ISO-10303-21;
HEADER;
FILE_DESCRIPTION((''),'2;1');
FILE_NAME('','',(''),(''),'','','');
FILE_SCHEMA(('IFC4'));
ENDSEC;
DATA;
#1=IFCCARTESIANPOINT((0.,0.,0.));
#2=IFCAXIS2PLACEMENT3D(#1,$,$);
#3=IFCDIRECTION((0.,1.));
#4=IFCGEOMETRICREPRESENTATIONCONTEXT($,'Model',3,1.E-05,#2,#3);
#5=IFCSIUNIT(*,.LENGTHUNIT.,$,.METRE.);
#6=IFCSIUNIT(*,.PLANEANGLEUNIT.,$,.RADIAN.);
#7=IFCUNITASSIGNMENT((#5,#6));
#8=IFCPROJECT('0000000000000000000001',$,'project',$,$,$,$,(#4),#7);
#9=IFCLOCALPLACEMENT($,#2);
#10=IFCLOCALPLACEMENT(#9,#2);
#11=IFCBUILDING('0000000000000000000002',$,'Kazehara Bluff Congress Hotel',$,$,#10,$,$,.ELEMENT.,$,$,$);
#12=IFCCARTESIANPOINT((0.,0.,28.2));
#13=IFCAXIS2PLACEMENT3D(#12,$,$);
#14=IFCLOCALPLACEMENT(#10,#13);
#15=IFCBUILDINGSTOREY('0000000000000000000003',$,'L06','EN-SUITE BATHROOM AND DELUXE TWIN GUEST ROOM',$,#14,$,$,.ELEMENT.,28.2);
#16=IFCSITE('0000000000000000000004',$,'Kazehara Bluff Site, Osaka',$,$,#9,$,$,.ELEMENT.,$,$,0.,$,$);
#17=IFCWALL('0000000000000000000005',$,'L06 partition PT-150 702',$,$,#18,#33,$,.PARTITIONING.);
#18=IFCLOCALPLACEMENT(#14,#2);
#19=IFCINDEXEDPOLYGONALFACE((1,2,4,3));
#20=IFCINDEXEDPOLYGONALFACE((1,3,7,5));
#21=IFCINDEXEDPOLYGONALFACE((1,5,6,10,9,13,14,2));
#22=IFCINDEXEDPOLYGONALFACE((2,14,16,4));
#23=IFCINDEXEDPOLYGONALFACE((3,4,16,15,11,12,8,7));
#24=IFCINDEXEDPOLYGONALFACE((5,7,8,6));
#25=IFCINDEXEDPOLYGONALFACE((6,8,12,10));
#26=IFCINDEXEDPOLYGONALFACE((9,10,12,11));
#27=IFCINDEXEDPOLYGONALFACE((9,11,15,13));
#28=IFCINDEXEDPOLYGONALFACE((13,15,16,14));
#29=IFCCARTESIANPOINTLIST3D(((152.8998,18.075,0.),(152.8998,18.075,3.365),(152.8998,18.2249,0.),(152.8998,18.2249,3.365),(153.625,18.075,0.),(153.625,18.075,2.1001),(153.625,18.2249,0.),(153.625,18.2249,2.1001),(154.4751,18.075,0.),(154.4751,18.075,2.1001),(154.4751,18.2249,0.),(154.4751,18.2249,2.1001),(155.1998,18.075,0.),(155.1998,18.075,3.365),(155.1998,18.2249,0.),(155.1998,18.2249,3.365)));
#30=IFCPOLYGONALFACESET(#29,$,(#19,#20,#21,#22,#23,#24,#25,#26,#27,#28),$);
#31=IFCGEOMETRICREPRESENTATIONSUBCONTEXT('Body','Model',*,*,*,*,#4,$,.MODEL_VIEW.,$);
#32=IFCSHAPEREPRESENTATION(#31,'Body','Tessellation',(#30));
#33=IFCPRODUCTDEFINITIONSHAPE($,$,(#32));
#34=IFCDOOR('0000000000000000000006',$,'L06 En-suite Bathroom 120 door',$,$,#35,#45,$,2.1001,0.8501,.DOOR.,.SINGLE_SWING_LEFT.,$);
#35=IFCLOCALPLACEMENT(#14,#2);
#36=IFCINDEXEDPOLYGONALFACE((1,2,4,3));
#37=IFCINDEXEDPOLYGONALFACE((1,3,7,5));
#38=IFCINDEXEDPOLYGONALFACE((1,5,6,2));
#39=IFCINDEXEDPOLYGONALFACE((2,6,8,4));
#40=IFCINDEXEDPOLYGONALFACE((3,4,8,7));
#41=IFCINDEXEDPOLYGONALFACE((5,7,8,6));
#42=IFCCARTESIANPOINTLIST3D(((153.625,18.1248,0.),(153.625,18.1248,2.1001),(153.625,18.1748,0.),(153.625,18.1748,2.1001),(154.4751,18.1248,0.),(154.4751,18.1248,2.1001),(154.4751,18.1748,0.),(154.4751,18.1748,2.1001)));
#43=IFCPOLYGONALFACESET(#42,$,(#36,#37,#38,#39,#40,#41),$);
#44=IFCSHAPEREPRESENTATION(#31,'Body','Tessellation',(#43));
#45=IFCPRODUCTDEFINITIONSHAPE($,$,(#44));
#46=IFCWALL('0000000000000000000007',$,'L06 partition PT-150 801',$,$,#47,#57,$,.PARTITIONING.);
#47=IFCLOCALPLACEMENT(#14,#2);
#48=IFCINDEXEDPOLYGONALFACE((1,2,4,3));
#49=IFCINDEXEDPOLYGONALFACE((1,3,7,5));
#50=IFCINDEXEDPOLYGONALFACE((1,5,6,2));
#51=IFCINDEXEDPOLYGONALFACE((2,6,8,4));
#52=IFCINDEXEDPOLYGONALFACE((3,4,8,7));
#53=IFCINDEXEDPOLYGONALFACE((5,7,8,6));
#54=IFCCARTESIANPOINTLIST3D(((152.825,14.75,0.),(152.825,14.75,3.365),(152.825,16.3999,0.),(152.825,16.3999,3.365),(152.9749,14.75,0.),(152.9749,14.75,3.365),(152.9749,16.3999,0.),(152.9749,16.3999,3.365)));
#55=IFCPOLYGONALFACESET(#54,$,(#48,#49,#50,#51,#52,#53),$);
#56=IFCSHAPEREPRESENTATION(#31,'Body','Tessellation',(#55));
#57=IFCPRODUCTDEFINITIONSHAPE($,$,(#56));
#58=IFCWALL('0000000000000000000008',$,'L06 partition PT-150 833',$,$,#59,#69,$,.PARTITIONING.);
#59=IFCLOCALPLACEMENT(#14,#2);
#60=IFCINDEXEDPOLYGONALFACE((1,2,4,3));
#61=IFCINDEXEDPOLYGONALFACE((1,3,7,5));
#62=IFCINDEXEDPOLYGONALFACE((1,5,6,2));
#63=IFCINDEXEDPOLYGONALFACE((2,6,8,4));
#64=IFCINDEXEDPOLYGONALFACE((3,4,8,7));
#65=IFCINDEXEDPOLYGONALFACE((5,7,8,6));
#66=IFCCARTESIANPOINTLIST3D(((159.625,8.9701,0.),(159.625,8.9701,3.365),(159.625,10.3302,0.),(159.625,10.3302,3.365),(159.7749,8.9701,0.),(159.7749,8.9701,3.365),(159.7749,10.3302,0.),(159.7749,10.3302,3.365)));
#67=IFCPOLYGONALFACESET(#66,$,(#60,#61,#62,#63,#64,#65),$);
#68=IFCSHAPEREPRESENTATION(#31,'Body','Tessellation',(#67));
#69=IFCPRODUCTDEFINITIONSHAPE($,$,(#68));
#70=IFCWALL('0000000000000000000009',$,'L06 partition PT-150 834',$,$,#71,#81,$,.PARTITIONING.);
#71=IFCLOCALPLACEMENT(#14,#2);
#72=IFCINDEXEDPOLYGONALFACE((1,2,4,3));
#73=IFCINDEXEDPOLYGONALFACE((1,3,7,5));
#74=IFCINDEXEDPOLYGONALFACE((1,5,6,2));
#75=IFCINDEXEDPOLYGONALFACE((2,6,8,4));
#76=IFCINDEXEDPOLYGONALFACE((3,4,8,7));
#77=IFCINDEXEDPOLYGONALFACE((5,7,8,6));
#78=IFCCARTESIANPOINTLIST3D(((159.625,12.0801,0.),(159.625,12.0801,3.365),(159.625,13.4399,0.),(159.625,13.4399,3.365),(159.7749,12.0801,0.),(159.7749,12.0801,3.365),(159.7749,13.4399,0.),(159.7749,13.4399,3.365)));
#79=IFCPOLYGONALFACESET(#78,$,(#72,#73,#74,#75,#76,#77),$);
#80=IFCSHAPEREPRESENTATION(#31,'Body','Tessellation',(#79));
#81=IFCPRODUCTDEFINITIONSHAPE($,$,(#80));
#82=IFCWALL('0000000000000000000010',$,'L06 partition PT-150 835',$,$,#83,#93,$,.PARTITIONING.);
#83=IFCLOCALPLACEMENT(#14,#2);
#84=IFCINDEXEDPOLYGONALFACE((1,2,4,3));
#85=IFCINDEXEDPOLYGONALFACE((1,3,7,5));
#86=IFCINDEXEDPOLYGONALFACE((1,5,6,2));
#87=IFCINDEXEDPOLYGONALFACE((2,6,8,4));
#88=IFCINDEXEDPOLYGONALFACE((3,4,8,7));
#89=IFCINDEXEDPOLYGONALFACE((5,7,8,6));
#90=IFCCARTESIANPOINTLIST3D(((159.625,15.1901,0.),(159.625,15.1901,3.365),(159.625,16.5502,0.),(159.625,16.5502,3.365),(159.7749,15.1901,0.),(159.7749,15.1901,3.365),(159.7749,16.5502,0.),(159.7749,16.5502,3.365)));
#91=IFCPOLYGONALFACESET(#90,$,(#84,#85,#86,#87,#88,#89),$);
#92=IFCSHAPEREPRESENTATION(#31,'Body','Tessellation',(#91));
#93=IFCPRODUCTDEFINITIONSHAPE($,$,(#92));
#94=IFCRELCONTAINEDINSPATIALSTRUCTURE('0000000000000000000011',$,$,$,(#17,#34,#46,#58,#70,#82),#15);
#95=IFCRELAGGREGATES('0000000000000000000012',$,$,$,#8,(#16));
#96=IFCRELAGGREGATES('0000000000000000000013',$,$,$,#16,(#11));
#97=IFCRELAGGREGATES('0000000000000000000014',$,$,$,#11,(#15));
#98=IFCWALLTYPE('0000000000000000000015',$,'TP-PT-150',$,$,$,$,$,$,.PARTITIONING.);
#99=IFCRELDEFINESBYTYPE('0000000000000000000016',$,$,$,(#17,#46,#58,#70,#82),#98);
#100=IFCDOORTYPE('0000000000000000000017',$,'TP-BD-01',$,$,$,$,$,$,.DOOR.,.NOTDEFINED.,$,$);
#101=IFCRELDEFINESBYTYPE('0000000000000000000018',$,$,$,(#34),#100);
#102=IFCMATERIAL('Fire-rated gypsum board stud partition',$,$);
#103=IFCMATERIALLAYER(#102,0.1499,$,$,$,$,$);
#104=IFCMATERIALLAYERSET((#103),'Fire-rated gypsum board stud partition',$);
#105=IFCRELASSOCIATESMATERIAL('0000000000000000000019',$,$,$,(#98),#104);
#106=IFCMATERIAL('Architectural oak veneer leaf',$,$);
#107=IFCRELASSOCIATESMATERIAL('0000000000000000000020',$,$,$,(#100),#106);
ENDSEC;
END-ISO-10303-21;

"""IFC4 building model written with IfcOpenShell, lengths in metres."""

from ifc_helpers import new_model, si_unit, direction, frame, frame_2d, origin, place, context, subcontext, project, spatial, rectangle, extrude, material, layer, layer_set, type_object, element, fill, save


model = new_model("IFC4")

# Units and contexts
model_context = context("Model", 3, precision=1e-05, world=origin(), true_north=direction((0.0, 1.0)))
body_context = subcontext(model_context, "Body", "Model", "MODEL_VIEW")
ifc_project = project(units=[si_unit("LENGTHUNIT", "METRE"), si_unit("PLANEANGLEUNIT", "RADIAN")], contexts=[model_context])

# Site, building, storey
site_placement = place(None, origin())
site = spatial("IfcSite", under=ifc_project, at=site_placement, Name="Kazehara Bluff Site, Osaka", CompositionType="ELEMENT", RefElevation=0.0)
building_placement = place(site_placement, origin())
building = spatial("IfcBuilding", under=site, at=building_placement, Name="Kazehara Bluff Congress Hotel", CompositionType="ELEMENT")
storey_placement = place(building_placement, frame((0.0, 0.0, 28.2)))
storey = spatial("IfcBuildingStorey", under=building, at=storey_placement, Name="L06", Description="EN-SUITE BATHROOM AND DELUXE TWIN GUEST ROOM", CompositionType="ELEMENT", Elevation=28.2)

# Shared definitions
ifc_material_1 = material(Name="Fire-rated gypsum board stud partition")
ifc_layer_1 = layer(ifc_material_1, 0.1499)
ifc_layer_set_1 = layer_set([ifc_layer_1], Name="Fire-rated gypsum board stud partition")
wall_type_1 = type_object("IfcWallType", Name="TP-PT-150", PredefinedType="PARTITIONING", material=ifc_layer_set_1)
ifc_material_2 = material(Name="Architectural oak veneer leaf")
door_type = type_object("IfcDoorType", Name="TP-BD-01", OperationType="NOTDEFINED", PredefinedType="DOOR", material=ifc_material_2)

# Wall, opening, door
wall_1_placement = place(storey_placement, frame((152.8999, 18.1499, 0.0), z_axis=(0.0, 0.0, 1.0), x_axis=(1.0, 0.0, 0.0)))
wall_1 = element("IfcWall", 1, at=wall_1_placement, inside=storey, type_object=wall_type_1, Name="L06 partition PT-150 702", PredefinedType="PARTITIONING", context=body_context, shape_type="SweptSolid", body=[
    extrude(rectangle(XDim=2.3, YDim=0.1499, at=frame_2d((1.1499, 0.0))), origin(), (0.0, 0.0, 1.0), 3.365),
])
opening_1_placement = place(wall_1_placement, frame((0.7251, 0.0, 0.0)))
opening_1 = element("IfcOpeningElement", 2, at=opening_1_placement, cuts=wall_1, PredefinedType="OPENING", context=body_context, shape_type="SweptSolid", body=[
    extrude(rectangle(XDim=0.8501, YDim=2.1001, at=frame_2d((0.425, 1.05))), frame((0.0, 0.085, 0.0), z_axis=(0.0, -1.0, 0.0), x_axis=(1.0, 0.0, 0.0)), (0.0, 0.0, 1.0), 0.1699),
])
door_1_placement = place(opening_1_placement, origin())
door_1 = element("IfcDoor", 3, at=door_1_placement, inside=storey, type_object=door_type, Name="L06 En-suite Bathroom 120 door", OperationType="SINGLE_SWING_LEFT", OverallHeight=2.1001, OverallWidth=0.8501, PredefinedType="DOOR", context=body_context, shape_type="SweptSolid", body=[
    extrude(rectangle(XDim=0.8501, YDim=2.1001, at=frame_2d((0.425, 1.05))), frame((0.0, 0.0249, 0.0), z_axis=(0.0, -1.0, 0.0), x_axis=(1.0, 0.0, 0.0)), (0.0, 0.0, 1.0), 0.05),
])
fill(opening_1, door_1)

# Walls
wall_2_placement = place(storey_placement, frame((152.8999, 14.75, 0.0), z_axis=(0.0, 0.0, 1.0), x_axis=(0.0, 1.0, 0.0)))
element("IfcWall", 4, at=wall_2_placement, inside=storey, type_object=wall_type_1, Name="L06 partition PT-150 801", PredefinedType="PARTITIONING", context=body_context, shape_type="SweptSolid", body=[
    extrude(rectangle(XDim=1.6499, YDim=0.1499, at=frame_2d((0.825, 0.0))), origin(), (0.0, 0.0, 1.0), 3.365),
])
wall_3_placement = place(storey_placement, frame((159.7, 8.97, 0.0), z_axis=(0.0, 0.0, 1.0), x_axis=(0.0, 1.0, 0.0)))
element("IfcWall", 5, at=wall_3_placement, inside=storey, type_object=wall_type_1, Name="L06 partition PT-150 833", PredefinedType="PARTITIONING", context=body_context, shape_type="SweptSolid", body=[
    extrude(rectangle(XDim=1.3601, YDim=0.1499, at=frame_2d((0.6802, 0.0))), origin(), (0.0, 0.0, 1.0), 3.365),
])
wall_4_placement = place(storey_placement, frame((159.7, 12.0801, 0.0), z_axis=(0.0, 0.0, 1.0), x_axis=(0.0, 1.0, 0.0)))
element("IfcWall", 6, at=wall_4_placement, inside=storey, type_object=wall_type_1, Name="L06 partition PT-150 834", PredefinedType="PARTITIONING", context=body_context, shape_type="SweptSolid", body=[
    extrude(rectangle(XDim=1.3599, YDim=0.1499, at=frame_2d((0.6799, 0.0))), origin(), (0.0, 0.0, 1.0), 3.365),
])
wall_5_placement = place(storey_placement, frame((159.7, 15.1899, 0.0), z_axis=(0.0, 0.0, 1.0), x_axis=(0.0, 1.0, 0.0)))
element("IfcWall", 7, at=wall_5_placement, inside=storey, type_object=wall_type_1, Name="L06 partition PT-150 835", PredefinedType="PARTITIONING", context=body_context, shape_type="SweptSolid", body=[
    extrude(rectangle(XDim=1.3601, YDim=0.1499, at=frame_2d((0.6802, 0.0))), origin(), (0.0, 0.0, 1.0), 3.365),
])

save(model, "model.ifc")
